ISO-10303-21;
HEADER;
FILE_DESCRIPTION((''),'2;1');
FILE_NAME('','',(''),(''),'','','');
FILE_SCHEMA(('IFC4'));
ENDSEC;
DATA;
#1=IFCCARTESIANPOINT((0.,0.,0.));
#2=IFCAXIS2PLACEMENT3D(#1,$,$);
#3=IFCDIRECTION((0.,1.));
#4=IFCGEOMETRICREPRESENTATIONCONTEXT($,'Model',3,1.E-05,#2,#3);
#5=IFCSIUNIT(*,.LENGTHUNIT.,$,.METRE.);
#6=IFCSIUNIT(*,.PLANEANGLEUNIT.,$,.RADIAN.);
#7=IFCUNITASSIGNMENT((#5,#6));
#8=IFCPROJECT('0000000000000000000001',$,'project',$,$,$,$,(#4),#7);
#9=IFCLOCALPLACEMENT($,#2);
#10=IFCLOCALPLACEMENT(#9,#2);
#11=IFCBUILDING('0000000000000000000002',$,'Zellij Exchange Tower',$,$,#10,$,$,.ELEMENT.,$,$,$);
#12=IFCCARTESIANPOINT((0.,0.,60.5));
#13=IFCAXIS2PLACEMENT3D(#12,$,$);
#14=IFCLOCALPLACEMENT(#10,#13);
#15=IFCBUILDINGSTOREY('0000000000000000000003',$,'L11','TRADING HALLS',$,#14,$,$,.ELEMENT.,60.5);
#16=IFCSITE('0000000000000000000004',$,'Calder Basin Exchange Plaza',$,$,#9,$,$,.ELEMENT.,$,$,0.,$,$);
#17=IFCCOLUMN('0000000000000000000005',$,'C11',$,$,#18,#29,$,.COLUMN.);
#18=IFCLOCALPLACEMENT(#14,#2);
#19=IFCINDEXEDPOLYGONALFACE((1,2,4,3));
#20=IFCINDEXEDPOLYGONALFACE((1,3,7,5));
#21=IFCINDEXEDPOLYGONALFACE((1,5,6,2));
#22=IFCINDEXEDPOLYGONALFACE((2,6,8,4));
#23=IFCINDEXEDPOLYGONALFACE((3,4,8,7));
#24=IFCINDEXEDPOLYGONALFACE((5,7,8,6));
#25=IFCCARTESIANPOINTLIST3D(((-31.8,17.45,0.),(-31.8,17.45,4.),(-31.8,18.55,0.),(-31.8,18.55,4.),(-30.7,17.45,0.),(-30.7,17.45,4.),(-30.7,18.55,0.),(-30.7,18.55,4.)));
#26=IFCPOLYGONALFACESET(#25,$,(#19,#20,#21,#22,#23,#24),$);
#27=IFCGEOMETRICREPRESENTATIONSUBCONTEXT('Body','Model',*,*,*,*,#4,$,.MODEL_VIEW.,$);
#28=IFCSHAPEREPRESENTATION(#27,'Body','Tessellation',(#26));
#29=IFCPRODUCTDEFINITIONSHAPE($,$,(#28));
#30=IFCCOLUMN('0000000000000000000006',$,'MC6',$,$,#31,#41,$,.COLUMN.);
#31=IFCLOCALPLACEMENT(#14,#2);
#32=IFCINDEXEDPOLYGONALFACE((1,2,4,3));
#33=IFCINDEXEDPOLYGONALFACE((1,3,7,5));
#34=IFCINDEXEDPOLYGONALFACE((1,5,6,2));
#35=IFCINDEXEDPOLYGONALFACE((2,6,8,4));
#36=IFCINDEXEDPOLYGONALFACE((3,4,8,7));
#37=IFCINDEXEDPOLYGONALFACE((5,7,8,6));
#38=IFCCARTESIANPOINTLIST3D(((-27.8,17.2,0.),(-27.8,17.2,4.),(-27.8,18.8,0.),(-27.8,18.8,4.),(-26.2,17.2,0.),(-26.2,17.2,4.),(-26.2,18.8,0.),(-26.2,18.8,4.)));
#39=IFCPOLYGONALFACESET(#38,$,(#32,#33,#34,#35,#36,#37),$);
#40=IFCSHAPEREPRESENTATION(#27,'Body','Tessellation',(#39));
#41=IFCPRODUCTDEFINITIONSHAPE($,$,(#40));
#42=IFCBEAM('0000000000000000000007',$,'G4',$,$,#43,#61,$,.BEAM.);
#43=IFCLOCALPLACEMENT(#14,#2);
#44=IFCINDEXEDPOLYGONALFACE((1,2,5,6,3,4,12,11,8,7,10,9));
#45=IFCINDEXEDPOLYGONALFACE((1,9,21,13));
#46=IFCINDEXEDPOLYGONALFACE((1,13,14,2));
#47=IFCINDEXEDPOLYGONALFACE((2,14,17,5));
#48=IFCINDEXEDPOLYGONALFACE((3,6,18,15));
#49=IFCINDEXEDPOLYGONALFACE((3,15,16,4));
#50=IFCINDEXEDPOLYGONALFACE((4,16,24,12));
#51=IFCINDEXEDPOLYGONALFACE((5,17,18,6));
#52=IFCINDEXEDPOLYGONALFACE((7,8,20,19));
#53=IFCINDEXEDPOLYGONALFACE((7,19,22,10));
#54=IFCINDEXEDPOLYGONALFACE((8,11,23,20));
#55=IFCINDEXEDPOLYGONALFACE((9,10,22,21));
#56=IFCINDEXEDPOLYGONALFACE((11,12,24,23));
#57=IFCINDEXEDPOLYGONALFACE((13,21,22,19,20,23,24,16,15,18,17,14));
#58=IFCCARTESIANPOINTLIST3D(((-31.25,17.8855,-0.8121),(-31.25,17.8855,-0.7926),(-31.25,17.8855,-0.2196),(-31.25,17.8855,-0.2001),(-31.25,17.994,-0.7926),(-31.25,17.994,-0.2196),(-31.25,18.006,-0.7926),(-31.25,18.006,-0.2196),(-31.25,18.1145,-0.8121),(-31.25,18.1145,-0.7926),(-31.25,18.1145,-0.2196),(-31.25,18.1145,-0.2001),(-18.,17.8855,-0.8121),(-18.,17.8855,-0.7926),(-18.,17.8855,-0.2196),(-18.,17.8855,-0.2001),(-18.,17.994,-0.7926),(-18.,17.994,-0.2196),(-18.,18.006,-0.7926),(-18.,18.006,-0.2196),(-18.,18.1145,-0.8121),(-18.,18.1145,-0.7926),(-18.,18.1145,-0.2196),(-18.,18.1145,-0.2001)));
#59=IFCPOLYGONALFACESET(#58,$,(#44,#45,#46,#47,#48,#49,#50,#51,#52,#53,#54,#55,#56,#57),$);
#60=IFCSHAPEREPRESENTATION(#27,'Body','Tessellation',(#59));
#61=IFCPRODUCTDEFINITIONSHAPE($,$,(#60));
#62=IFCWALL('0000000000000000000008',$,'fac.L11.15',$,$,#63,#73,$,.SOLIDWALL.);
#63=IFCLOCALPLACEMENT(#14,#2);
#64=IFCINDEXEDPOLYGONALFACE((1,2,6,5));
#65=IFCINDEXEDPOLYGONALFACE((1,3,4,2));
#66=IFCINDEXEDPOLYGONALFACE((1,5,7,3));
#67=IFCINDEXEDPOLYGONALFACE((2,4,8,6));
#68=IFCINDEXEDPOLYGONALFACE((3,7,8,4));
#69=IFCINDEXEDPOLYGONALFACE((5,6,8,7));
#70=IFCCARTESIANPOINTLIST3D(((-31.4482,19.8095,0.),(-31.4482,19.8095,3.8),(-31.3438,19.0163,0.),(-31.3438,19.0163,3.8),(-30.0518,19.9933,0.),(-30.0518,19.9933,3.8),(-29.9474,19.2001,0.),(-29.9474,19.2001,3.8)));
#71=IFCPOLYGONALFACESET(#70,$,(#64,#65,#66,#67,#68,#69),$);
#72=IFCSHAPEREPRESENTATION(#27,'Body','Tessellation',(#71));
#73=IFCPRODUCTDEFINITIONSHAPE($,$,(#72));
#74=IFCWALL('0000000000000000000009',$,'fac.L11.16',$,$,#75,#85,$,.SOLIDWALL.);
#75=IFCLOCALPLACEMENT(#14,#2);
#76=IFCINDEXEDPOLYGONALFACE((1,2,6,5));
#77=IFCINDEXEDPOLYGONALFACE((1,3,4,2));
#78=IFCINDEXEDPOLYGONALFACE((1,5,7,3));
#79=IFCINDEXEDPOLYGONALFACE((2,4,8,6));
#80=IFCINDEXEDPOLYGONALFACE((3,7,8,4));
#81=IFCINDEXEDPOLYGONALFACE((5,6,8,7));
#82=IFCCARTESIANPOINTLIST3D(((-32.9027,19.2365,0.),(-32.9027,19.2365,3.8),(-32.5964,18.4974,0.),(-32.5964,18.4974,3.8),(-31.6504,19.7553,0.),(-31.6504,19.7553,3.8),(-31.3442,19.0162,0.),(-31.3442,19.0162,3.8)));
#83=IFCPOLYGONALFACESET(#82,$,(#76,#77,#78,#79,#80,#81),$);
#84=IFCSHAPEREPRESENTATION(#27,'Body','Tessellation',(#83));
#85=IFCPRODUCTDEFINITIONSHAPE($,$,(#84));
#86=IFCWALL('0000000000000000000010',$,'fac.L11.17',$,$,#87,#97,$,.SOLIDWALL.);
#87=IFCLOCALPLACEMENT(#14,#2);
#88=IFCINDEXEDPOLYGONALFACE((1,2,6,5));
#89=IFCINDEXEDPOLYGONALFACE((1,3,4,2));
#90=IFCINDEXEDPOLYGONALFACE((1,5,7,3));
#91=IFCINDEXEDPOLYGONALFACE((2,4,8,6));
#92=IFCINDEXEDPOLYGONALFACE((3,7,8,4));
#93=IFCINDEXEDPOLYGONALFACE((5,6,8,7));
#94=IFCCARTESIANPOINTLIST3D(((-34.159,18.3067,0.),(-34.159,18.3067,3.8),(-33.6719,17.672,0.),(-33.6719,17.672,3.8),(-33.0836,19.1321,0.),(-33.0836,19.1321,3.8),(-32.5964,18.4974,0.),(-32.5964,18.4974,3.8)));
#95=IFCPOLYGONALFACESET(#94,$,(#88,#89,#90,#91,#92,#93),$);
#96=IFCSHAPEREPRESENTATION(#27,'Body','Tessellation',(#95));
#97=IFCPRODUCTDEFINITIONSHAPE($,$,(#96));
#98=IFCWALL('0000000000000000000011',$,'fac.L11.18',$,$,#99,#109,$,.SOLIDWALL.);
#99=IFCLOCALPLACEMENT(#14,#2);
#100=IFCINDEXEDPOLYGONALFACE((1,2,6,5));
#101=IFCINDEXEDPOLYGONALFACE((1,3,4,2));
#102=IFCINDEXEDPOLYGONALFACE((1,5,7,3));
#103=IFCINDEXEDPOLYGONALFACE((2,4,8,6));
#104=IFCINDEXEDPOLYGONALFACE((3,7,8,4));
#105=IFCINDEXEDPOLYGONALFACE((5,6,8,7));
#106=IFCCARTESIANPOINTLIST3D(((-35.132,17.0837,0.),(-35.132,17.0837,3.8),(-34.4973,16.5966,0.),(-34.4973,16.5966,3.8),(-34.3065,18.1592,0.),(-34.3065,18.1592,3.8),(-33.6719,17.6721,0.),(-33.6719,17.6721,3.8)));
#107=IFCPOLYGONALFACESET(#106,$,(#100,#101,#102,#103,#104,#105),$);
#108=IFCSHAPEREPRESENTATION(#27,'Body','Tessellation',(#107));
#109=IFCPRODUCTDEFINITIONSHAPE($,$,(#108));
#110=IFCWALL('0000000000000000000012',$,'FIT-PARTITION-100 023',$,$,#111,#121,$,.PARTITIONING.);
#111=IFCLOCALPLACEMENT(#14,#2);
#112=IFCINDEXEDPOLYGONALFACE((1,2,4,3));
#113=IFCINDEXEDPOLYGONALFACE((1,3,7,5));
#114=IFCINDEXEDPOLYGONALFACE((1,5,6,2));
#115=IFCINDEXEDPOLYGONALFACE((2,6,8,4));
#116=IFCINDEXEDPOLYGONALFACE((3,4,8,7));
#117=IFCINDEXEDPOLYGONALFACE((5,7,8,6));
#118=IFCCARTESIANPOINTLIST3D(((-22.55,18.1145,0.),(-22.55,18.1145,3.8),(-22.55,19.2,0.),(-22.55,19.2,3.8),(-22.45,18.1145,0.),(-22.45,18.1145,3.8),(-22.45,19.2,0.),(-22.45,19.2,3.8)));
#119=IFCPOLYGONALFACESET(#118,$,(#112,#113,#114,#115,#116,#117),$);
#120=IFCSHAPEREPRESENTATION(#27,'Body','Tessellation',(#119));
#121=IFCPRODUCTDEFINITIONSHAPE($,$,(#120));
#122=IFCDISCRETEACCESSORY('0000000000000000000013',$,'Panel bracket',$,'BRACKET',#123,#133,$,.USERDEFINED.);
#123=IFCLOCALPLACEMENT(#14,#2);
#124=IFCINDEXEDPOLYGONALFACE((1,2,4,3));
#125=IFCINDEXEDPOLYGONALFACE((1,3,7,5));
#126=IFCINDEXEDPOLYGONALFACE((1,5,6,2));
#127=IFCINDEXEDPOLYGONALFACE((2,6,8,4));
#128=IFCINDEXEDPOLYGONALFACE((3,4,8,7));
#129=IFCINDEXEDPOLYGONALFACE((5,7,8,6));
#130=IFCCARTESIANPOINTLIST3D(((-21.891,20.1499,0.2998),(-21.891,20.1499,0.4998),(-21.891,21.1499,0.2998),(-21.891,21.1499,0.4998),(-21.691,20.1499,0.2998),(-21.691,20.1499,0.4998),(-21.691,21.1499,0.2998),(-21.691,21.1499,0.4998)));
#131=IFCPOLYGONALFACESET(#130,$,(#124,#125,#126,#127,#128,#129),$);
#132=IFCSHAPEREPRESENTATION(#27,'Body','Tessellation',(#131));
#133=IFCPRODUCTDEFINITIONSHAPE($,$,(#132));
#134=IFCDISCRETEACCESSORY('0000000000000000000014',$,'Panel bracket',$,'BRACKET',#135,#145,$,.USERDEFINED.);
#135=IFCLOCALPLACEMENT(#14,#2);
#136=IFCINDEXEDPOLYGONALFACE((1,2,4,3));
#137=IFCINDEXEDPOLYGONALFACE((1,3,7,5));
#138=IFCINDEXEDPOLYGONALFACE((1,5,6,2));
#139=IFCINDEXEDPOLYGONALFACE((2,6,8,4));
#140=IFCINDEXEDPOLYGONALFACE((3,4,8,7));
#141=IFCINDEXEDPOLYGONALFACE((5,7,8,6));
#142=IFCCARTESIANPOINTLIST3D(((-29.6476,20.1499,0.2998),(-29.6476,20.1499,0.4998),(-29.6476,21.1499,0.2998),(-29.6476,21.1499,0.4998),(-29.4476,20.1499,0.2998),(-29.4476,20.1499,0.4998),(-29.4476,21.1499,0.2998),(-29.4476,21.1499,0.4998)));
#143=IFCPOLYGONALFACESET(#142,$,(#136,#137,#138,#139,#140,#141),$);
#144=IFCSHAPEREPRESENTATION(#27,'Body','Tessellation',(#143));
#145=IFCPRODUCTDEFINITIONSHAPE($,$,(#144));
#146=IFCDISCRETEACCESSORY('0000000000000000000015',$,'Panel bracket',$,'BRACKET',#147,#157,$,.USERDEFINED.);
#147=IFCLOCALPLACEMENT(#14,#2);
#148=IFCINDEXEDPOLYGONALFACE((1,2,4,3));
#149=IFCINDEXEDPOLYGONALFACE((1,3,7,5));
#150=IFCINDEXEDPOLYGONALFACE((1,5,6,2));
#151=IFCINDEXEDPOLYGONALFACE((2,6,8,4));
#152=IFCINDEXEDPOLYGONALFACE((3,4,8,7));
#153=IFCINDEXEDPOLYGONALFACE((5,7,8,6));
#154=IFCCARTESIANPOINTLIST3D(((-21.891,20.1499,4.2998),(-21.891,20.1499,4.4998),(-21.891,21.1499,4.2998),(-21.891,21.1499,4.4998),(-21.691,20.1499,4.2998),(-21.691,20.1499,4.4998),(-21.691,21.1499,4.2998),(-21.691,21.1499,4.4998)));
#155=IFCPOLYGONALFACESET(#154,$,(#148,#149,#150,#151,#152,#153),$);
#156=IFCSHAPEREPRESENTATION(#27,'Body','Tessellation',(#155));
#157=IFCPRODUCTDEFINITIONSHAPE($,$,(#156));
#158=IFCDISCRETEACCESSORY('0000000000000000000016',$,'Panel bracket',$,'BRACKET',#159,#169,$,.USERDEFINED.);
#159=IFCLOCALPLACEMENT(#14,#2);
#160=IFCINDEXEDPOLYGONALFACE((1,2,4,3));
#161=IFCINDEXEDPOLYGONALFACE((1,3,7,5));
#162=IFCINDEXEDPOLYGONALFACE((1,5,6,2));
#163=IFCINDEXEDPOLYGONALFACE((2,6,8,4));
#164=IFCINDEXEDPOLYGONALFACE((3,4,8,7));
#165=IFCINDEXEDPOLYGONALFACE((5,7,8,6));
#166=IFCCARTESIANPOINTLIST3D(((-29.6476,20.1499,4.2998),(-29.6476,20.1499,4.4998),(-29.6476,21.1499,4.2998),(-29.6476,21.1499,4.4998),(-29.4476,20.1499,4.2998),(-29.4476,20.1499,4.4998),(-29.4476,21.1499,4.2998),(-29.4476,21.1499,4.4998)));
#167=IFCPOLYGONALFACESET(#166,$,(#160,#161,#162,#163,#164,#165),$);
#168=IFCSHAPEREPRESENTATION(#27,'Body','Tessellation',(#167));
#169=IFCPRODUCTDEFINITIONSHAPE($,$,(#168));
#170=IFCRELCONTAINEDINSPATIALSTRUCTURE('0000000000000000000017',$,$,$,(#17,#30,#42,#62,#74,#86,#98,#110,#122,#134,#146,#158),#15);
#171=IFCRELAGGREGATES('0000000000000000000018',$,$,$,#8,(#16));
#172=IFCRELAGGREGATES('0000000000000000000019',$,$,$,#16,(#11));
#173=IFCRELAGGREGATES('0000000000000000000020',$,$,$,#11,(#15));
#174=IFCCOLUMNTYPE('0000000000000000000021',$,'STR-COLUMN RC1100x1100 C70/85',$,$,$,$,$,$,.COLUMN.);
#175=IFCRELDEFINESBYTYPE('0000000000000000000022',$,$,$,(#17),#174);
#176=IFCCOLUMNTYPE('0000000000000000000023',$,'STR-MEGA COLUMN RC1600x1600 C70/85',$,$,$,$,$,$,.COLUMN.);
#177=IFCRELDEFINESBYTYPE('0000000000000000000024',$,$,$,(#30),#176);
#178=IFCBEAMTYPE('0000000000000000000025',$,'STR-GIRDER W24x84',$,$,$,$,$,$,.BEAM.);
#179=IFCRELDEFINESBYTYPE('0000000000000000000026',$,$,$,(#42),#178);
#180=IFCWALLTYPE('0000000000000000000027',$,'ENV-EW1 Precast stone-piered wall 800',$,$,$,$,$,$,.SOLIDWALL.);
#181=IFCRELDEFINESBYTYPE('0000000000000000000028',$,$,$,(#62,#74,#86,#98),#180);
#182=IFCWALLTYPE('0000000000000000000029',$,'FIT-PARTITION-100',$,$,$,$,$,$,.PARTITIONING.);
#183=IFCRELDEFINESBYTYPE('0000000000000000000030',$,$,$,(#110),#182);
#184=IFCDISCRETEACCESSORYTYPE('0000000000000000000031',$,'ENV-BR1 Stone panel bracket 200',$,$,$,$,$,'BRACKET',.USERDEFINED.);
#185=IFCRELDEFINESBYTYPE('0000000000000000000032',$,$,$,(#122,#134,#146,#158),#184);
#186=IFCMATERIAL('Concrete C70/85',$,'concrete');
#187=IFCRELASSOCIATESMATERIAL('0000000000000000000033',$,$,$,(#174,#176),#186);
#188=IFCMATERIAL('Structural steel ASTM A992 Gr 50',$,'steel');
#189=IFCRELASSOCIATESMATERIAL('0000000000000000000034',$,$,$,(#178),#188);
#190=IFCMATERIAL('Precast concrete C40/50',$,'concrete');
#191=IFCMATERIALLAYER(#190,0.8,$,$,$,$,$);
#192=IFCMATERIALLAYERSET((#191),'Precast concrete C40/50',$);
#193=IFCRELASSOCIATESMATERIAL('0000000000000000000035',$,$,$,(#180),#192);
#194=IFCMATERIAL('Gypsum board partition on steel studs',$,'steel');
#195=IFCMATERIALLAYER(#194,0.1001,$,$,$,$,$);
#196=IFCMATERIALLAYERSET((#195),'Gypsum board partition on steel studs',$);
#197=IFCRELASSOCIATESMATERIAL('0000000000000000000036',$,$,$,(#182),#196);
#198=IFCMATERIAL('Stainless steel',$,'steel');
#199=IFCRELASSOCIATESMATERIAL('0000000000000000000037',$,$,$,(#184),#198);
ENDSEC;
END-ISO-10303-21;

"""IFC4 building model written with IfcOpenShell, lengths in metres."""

from ifc_helpers import new_model, si_unit, direction, frame, frame_2d, origin, origin_2d, place, context, subcontext, project, spatial, rectangle, i_section, extrude, material, layer, layer_set, material_profile, profile_set, type_object, element, save


model = new_model("IFC4")

# Units and contexts
model_context = context("Model", 3, precision=1e-05, world=origin(), true_north=direction((0.0, 1.0)))
body_context = subcontext(model_context, "Body", "Model", "MODEL_VIEW")
ifc_project = project(units=[si_unit("LENGTHUNIT", "METRE"), si_unit("PLANEANGLEUNIT", "RADIAN")], contexts=[model_context])

# Site, building, storey
site_placement = place(None, origin())
site = spatial("IfcSite", under=ifc_project, at=site_placement, Name="Calder Basin Exchange Plaza", CompositionType="ELEMENT", RefElevation=0.0)
building_placement = place(site_placement, origin())
building = spatial("IfcBuilding", under=site, at=building_placement, Name="Zellij Exchange Tower", CompositionType="ELEMENT")
storey_placement = place(building_placement, frame((0.0, 0.0, 60.5)))
storey = spatial("IfcBuildingStorey", under=building, at=storey_placement, Name="L11", Description="TRADING HALLS", CompositionType="ELEMENT", Elevation=60.5)

# Columns
ifc_material_1 = material(Name="Concrete C70/85", Category="concrete")
ifc_material_profile_1 = material_profile(ifc_material_1, rectangle(XDim=1.1001, YDim=1.1001, at=origin_2d()), Name="STR-COLUMN RC1100x1100 C70/85")
ifc_profile_set_1 = profile_set([ifc_material_profile_1], Name="Concrete C70/85")
column_type_1 = type_object("IfcColumnType", Name="STR-COLUMN RC1100x1100 C70/85", PredefinedType="COLUMN", material=ifc_profile_set_1)
column_1_placement = place(storey_placement, frame((-31.25, 18.0, 0.0), z_axis=(0.0, 0.0, 1.0), x_axis=(1.0, 0.0, 0.0)))
element("IfcColumn", 1, at=column_1_placement, inside=storey, type_object=column_type_1, Name="C11", PredefinedType="COLUMN", context=body_context, shape_type="SweptSolid", body=[
    extrude(rectangle(XDim=1.1001, YDim=1.1001, at=origin_2d()), origin(), (0.0, 0.0, 1.0), 4.0),
])
ifc_material_profile_2 = material_profile(ifc_material_1, rectangle(XDim=1.6001, YDim=1.6001, at=origin_2d()), Name="STR-MEGA COLUMN RC1600x1600 C70/85")
ifc_profile_set_2 = profile_set([ifc_material_profile_2], Name="Concrete C70/85")
column_type_2 = type_object("IfcColumnType", Name="STR-MEGA COLUMN RC1600x1600 C70/85", PredefinedType="COLUMN", material=ifc_profile_set_2)
column_2_placement = place(storey_placement, frame((-27.0, 18.0, 0.0), z_axis=(0.0, 0.0, 1.0), x_axis=(1.0, 0.0, 0.0)))
element("IfcColumn", 2, at=column_2_placement, inside=storey, type_object=column_type_2, Name="MC6", PredefinedType="COLUMN", context=body_context, shape_type="SweptSolid", body=[
    extrude(rectangle(XDim=1.6001, YDim=1.6001, at=origin_2d()), origin(), (0.0, 0.0, 1.0), 4.0),
])

# Beam
ifc_material_2 = material(Name="Structural steel ASTM A992 Gr 50", Category="steel")
ifc_material_profile_3 = material_profile(ifc_material_2, i_section(OverallWidth=0.229, OverallDepth=0.6121, WebThickness=0.012, FlangeThickness=0.0195, at=origin_2d()), Name="W24x84")
ifc_profile_set_3 = profile_set([ifc_material_profile_3], Name="Structural steel ASTM A992 Gr 50")
beam_type = type_object("IfcBeamType", Name="STR-GIRDER W24x84", PredefinedType="BEAM", material=ifc_profile_set_3)
beam_placement = place(storey_placement, frame((-31.25, 18.0, -0.5061), z_axis=(1.0, 0.0, 0.0), x_axis=(0.0, 1.0, 0.0)))
element("IfcBeam", 3, at=beam_placement, inside=storey, type_object=beam_type, Name="G4", PredefinedType="BEAM", context=body_context, shape_type="SweptSolid", body=[
    extrude(i_section(OverallWidth=0.229, OverallDepth=0.6121, WebThickness=0.012, FlangeThickness=0.0195, at=origin_2d()), origin(), (0.0, 0.0, 1.0), 13.25),
])

# Walls
ifc_material_3 = material(Name="Precast concrete C40/50", Category="concrete")
ifc_layer_1 = layer(ifc_material_3, 0.8)
ifc_layer_set_1 = layer_set([ifc_layer_1], Name="Precast concrete C40/50")
wall_type_1 = type_object("IfcWallType", Name="ENV-EW1 Precast stone-piered wall 800", PredefinedType="SOLIDWALL", material=ifc_layer_set_1)
wall_1_placement = place(storey_placement, frame((-29.9998, 19.5967, 0.0), z_axis=(0.0, 0.0, 1.0), x_axis=(-0.991446, -0.130517, 0.0)))
element("IfcWall", 4, at=wall_1_placement, inside=storey, type_object=wall_type_1, Name="fac.L11.15", PredefinedType="SOLIDWALL", context=body_context, shape_type="SweptSolid", body=[
    extrude(rectangle(XDim=1.4084, YDim=0.8, at=frame_2d((0.7041, 0.0))), origin(), (0.0, 0.0, 1.0), 3.8),
])
wall_2_placement = place(storey_placement, frame((-31.4973, 19.3857, 0.0), z_axis=(0.0, 0.0, 1.0), x_axis=(-0.923848, -0.38276, 0.0)))
element("IfcWall", 5, at=wall_2_placement, inside=storey, type_object=wall_type_1, Name="fac.L11.16", PredefinedType="SOLIDWALL", context=body_context, shape_type="SweptSolid", body=[
    extrude(rectangle(XDim=1.3555, YDim=0.8, at=frame_2d((0.6777, 0.0))), origin(), (0.0, 0.0, 1.0), 3.8),
])
for number, where, z_axis, x_axis, name in (
    (6, (-32.8401, 18.8147, 0.0), (0.0, 0.0, 1.0), (-0.793273, -0.608866, 0.0), "fac.L11.17"),
    (7, (-33.9893, 17.9155, 0.0), (0.0, 0.0, 1.0), (-0.608866, -0.793273, 0.0), "fac.L11.18"),
):
    element("IfcWall", number, at=place(storey_placement, frame(where, z_axis=z_axis, x_axis=x_axis)), inside=storey, type_object=wall_type_1, Name=name, PredefinedType="SOLIDWALL", context=body_context, shape_type="SweptSolid", body=[
        extrude(rectangle(XDim=1.3557, YDim=0.8, at=frame_2d((0.6777, 0.0))), origin(), (0.0, 0.0, 1.0), 3.8),
    ])
ifc_material_4 = material(Name="Gypsum board partition on steel studs", Category="steel")
ifc_layer_2 = layer(ifc_material_4, 0.1001)
ifc_layer_set_2 = layer_set([ifc_layer_2], Name="Gypsum board partition on steel studs")
wall_type_2 = type_object("IfcWallType", Name="FIT-PARTITION-100", PredefinedType="PARTITIONING", material=ifc_layer_set_2)
wall_3_placement = place(storey_placement, frame((-22.5, 18.1145, 0.0), z_axis=(0.0, 0.0, 1.0), x_axis=(0.0, 1.0, 0.0)))
element("IfcWall", 8, at=wall_3_placement, inside=storey, type_object=wall_type_2, Name="FIT-PARTITION-100 023", PredefinedType="PARTITIONING", context=body_context, shape_type="SweptSolid", body=[
    extrude(rectangle(XDim=1.0854, YDim=0.1001, at=frame_2d((0.5427, 0.0))), origin(), (0.0, 0.0, 1.0), 3.8),
])

# Discrete accessories
ifc_material_5 = material(Name="Stainless steel", Category="steel")
discrete_accessory_type = type_object("IfcDiscreteAccessoryType", Name="ENV-BR1 Stone panel bracket 200", ElementType="BRACKET", PredefinedType="USERDEFINED", material=ifc_material_5)
for number, where, z_axis, x_axis, name in (
    (9, (-21.791, 20.6499, 0.2998), (0.0, 0.0, 1.0), (-1.0, 0.0, 0.0), "Panel bracket"),
    (10, (-29.5476, 20.6499, 0.2998), (0.0, 0.0, 1.0), (-1.0, 0.0, 0.0), "Panel bracket"),
    (11, (-21.791, 20.6499, 4.2998), (0.0, 0.0, 1.0), (-1.0, 0.0, 0.0), "Panel bracket"),
    (12, (-29.5476, 20.6499, 4.2998), (0.0, 0.0, 1.0), (-1.0, 0.0, 0.0), "Panel bracket"),
):
    element("IfcDiscreteAccessory", number, at=place(storey_placement, frame(where, z_axis=z_axis, x_axis=x_axis)), inside=storey, type_object=discrete_accessory_type, Name=name, ObjectType="BRACKET", PredefinedType="USERDEFINED", context=body_context, shape_type="SweptSolid", body=[
        extrude(rectangle(XDim=0.2, YDim=1.0, at=origin_2d()), origin(), (0.0, 0.0, 1.0), 0.2),
    ])

save(model, "model.ifc")
